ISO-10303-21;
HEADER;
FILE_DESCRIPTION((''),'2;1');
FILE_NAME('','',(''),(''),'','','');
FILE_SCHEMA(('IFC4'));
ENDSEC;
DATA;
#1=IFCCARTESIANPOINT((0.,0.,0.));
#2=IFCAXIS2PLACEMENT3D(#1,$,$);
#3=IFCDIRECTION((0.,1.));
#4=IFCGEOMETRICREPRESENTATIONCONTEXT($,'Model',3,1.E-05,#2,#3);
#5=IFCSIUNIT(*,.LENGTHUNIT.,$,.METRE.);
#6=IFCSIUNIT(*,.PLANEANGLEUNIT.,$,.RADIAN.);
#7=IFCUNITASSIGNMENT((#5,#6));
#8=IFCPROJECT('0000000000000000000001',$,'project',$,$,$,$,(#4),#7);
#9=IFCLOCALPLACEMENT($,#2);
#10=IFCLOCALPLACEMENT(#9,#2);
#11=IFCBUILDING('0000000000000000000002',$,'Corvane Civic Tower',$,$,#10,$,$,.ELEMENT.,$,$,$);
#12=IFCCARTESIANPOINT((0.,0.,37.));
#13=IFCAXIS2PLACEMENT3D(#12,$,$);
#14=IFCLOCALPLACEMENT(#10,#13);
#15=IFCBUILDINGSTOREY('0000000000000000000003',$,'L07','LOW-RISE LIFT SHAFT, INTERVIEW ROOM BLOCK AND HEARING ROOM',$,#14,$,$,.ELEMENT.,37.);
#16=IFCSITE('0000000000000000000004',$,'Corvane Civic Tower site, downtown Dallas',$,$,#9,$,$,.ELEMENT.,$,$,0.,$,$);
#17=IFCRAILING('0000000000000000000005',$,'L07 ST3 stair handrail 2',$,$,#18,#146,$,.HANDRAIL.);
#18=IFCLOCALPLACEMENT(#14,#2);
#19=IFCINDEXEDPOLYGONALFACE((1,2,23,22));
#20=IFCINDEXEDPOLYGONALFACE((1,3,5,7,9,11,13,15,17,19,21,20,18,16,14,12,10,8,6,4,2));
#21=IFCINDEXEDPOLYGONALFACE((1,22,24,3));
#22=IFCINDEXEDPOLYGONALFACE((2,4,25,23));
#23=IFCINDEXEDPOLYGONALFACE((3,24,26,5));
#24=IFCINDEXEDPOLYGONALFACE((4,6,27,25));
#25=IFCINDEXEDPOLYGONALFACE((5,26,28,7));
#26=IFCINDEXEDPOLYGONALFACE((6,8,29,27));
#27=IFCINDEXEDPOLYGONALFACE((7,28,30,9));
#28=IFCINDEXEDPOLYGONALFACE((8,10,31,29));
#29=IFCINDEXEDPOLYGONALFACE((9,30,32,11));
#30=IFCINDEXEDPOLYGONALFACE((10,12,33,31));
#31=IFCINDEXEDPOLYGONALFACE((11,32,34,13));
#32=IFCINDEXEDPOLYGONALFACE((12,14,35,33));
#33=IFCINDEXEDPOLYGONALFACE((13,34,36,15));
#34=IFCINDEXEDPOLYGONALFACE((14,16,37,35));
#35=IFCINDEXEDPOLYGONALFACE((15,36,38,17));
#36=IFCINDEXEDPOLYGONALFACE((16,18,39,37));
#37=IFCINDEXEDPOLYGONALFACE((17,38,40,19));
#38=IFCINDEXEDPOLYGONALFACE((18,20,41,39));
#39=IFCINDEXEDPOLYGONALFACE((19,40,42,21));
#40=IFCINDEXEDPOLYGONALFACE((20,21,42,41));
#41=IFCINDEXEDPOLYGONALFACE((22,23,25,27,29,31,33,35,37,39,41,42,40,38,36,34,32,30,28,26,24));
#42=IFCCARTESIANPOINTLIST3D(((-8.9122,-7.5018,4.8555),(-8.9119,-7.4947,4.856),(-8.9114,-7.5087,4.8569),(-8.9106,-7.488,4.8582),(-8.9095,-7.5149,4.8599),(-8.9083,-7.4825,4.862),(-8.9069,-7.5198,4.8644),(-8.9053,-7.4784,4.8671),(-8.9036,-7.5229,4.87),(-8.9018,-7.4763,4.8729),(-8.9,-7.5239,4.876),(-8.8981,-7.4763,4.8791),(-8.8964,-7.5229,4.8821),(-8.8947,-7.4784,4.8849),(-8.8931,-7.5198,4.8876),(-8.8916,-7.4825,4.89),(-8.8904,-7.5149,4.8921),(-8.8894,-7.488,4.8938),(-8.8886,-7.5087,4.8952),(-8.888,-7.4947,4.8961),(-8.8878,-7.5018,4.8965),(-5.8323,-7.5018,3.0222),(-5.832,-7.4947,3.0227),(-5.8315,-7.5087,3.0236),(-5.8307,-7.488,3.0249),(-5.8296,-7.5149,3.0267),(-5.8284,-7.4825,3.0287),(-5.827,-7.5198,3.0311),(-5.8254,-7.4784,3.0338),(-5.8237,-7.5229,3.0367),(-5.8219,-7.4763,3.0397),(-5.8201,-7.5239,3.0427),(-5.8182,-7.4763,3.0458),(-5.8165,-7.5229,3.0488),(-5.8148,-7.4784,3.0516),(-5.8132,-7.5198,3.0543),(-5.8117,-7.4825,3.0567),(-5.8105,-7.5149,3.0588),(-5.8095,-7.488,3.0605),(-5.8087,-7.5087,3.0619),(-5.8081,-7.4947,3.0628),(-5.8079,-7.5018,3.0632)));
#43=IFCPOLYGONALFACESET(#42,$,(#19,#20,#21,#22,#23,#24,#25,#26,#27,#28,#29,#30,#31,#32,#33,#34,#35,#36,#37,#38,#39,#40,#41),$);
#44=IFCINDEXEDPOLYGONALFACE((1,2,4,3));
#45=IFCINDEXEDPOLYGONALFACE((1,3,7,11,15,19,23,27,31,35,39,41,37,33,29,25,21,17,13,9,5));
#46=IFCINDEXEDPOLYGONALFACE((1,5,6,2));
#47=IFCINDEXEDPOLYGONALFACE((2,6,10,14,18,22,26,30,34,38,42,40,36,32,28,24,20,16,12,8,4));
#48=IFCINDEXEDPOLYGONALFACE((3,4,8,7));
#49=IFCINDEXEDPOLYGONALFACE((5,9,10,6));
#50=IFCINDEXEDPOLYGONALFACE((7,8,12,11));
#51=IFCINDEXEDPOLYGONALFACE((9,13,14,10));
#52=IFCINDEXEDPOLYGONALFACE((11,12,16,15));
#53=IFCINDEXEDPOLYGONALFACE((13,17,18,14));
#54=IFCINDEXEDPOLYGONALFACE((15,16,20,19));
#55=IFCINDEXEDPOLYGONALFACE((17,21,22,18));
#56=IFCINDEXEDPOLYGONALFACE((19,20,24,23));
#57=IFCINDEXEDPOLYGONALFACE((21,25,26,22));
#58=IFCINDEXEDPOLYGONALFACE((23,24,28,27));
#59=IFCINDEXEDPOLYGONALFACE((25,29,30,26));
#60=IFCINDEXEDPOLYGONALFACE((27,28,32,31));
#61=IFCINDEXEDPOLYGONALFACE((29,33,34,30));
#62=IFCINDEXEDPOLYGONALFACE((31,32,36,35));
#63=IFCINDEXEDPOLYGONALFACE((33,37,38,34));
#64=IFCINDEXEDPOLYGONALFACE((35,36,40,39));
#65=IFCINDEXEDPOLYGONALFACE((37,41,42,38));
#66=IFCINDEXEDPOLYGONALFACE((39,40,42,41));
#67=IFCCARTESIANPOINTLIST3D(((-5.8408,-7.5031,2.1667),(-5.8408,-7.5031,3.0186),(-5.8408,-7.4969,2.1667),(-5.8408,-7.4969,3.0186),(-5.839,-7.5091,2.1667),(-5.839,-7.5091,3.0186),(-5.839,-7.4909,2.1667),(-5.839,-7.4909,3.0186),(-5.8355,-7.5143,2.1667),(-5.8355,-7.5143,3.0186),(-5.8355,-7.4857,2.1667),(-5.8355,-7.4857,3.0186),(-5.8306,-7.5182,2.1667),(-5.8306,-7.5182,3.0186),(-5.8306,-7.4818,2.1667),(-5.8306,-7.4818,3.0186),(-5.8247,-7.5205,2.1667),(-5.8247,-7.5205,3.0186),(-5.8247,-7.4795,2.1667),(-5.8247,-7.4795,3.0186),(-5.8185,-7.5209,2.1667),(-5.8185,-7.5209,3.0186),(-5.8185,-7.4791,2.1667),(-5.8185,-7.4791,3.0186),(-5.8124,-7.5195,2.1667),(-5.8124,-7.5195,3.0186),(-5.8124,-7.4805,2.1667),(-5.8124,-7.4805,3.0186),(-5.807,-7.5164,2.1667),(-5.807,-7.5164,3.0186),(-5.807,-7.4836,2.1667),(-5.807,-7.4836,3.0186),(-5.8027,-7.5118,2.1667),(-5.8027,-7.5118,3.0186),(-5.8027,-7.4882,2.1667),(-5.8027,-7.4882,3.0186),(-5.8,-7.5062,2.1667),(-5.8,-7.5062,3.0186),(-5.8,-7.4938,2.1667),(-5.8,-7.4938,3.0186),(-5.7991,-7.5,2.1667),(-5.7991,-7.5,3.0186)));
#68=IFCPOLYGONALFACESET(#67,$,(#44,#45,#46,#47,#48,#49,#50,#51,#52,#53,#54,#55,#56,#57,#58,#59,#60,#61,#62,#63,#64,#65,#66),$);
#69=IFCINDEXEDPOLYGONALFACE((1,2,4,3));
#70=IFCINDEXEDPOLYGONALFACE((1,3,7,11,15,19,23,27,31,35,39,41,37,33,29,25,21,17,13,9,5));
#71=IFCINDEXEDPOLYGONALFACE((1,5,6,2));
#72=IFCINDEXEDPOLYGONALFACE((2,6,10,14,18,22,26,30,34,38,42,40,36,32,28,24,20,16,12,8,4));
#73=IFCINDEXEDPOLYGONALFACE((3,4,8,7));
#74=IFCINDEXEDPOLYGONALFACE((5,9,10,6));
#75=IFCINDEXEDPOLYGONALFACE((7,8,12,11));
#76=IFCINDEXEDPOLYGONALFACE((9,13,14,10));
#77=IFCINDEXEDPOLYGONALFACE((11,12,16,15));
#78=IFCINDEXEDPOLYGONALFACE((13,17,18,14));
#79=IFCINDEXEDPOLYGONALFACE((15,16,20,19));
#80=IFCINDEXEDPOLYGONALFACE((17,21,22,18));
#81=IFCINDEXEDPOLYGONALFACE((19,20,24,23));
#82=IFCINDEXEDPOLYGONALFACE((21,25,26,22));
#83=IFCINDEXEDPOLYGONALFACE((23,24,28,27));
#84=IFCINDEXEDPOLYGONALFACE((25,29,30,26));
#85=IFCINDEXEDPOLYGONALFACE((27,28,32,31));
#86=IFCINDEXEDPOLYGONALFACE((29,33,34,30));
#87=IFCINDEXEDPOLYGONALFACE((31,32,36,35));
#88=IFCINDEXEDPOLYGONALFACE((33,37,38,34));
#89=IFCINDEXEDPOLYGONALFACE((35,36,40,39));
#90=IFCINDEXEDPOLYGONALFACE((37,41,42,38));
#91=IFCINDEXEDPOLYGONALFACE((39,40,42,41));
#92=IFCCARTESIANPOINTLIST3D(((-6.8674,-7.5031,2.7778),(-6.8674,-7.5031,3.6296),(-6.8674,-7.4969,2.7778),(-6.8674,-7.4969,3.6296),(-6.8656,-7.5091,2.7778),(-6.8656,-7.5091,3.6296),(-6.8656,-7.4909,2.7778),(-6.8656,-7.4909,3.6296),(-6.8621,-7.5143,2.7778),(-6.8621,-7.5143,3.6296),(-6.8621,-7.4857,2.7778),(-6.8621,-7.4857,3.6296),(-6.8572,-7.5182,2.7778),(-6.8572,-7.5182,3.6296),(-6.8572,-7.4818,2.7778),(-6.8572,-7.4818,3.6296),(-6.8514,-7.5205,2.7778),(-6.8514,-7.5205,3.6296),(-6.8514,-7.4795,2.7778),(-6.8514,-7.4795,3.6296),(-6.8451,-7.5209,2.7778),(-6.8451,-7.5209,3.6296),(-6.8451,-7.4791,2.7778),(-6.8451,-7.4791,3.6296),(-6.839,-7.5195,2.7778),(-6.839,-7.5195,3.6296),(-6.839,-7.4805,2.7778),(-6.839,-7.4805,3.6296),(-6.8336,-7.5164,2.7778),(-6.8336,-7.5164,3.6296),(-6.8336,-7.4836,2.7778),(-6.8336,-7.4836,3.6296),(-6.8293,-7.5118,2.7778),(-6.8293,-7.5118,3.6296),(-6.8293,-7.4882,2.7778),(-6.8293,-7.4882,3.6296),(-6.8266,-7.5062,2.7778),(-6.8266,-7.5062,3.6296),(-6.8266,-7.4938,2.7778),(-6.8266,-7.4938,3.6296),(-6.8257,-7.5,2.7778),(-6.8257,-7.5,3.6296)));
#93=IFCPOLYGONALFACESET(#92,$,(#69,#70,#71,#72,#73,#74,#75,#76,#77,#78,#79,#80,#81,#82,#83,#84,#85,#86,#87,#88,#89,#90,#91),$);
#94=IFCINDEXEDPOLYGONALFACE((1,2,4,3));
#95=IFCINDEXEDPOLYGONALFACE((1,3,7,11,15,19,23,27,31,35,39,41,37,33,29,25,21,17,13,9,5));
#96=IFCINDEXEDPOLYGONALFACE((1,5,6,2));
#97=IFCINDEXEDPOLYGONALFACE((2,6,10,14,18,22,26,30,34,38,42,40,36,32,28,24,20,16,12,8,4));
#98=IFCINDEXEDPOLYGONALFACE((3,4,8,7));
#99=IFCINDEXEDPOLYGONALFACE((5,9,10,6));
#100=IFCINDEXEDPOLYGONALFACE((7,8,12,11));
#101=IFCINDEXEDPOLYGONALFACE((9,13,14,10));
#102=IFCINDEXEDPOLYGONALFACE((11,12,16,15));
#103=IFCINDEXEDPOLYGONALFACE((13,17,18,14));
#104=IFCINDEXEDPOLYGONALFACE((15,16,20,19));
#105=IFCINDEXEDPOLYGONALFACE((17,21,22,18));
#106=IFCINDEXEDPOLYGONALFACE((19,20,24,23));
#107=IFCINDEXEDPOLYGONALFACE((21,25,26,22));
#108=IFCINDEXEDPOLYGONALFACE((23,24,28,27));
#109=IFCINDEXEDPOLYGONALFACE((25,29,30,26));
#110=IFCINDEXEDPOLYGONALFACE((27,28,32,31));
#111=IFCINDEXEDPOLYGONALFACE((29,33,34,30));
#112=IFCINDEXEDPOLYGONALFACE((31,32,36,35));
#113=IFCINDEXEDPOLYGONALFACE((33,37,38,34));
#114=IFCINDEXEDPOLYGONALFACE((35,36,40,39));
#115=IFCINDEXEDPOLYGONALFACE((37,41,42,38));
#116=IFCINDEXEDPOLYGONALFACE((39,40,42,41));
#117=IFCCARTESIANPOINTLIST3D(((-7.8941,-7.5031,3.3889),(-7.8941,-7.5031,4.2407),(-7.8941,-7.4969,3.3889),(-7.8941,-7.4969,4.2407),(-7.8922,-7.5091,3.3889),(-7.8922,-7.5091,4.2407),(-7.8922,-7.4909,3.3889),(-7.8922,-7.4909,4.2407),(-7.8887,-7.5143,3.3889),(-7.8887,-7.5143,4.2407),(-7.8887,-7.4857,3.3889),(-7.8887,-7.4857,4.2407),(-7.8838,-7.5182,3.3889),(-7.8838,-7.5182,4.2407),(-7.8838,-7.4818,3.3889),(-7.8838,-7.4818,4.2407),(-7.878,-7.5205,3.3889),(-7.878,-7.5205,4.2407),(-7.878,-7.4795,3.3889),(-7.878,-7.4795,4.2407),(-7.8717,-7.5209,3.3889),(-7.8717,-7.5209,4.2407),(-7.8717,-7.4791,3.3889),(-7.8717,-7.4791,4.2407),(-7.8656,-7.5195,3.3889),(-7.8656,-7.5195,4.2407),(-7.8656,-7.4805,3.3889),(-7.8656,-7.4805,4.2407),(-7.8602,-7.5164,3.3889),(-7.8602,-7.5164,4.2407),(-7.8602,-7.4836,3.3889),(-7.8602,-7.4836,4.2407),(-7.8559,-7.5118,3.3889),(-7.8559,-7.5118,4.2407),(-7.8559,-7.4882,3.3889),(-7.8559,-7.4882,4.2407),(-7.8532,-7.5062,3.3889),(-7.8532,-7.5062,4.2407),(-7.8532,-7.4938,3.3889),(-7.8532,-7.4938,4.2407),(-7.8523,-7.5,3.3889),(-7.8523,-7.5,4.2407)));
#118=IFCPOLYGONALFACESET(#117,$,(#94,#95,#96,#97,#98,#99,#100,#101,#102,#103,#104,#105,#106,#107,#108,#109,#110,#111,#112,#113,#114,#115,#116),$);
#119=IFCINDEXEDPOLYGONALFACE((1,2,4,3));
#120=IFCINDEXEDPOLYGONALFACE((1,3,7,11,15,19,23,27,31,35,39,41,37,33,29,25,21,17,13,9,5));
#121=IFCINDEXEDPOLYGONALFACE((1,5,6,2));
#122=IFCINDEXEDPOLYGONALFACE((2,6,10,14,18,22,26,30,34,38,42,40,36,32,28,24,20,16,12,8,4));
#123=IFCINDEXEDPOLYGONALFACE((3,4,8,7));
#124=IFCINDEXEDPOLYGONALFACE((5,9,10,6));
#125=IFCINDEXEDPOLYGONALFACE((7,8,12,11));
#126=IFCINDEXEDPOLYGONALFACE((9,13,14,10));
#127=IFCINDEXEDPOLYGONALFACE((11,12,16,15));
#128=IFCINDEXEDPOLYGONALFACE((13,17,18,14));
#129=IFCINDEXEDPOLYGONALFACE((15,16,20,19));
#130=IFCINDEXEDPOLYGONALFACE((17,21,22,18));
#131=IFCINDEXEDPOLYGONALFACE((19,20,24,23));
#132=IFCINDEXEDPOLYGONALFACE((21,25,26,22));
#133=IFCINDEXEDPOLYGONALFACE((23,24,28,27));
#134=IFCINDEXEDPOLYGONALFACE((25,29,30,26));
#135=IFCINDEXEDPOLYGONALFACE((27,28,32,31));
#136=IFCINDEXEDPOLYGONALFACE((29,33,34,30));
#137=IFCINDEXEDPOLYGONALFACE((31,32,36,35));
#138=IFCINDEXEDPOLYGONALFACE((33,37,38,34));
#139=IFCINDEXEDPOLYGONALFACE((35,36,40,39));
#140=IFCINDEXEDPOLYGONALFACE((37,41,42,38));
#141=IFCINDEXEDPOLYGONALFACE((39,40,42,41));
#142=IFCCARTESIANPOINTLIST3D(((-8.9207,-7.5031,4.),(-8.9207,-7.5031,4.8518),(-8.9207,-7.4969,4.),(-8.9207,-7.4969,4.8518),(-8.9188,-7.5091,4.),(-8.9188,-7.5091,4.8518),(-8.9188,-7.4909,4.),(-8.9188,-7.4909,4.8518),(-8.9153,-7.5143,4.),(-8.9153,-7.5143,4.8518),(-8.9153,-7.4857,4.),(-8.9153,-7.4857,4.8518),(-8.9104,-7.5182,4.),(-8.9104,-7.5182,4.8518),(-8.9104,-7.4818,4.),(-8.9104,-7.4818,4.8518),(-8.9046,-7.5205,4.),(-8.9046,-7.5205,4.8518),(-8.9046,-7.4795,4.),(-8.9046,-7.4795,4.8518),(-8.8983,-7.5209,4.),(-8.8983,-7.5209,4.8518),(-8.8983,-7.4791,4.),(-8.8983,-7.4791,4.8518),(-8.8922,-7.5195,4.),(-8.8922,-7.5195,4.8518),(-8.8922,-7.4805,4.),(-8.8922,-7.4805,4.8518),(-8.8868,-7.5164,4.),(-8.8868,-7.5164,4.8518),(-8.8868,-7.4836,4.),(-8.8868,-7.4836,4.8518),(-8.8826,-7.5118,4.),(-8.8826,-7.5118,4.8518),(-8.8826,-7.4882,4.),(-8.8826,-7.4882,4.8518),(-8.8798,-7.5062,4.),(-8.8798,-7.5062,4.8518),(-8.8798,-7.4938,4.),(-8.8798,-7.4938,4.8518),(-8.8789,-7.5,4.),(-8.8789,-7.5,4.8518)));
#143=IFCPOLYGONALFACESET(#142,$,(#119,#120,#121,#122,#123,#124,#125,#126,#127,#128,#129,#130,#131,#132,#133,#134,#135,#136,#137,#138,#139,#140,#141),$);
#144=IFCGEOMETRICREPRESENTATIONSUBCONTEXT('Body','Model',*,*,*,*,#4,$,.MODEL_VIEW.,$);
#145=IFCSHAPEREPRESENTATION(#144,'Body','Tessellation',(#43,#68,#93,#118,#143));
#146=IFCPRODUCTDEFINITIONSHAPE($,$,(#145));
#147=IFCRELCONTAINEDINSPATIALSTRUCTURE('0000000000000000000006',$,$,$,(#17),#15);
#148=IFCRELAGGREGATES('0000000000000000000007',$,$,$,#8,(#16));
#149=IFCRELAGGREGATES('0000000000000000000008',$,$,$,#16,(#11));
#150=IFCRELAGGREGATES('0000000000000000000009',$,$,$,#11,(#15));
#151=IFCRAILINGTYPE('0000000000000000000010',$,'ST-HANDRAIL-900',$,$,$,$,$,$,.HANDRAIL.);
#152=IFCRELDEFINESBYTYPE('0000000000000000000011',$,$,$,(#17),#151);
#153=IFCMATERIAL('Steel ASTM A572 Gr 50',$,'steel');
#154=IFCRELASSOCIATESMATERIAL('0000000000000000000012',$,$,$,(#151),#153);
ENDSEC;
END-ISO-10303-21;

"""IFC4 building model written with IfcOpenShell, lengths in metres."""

from ifc_helpers import new_model, si_unit, direction, frame, origin, origin_2d, place, context, subcontext, project, spatial, circle, extrude, material, type_object, element, save


model = new_model("IFC4")

# Units and contexts
model_context = context("Model", 3, precision=1e-05, world=origin(), true_north=direction((0.0, 1.0)))
body_context = subcontext(model_context, "Body", "Model", "MODEL_VIEW")
ifc_project = project(units=[si_unit("LENGTHUNIT", "METRE"), si_unit("PLANEANGLEUNIT", "RADIAN")], contexts=[model_context])

# Site, building, storey
site_placement = place(None, origin())
site = spatial("IfcSite", under=ifc_project, at=site_placement, Name="Corvane Civic Tower site, downtown Dallas", CompositionType="ELEMENT", RefElevation=0.0)
building_placement = place(site_placement, origin())
building = spatial("IfcBuilding", under=site, at=building_placement, Name="Corvane Civic Tower", CompositionType="ELEMENT")
storey_placement = place(building_placement, frame((0.0, 0.0, 37.0)))
storey = spatial("IfcBuildingStorey", under=building, at=storey_placement, Name="L07", Description="LOW-RISE LIFT SHAFT, INTERVIEW ROOM BLOCK AND HEARING ROOM", CompositionType="ELEMENT", Elevation=37.0)

# Railing
ifc_material_1 = material(Name="Steel ASTM A572 Gr 50", Category="steel")
railing_type_1 = type_object("IfcRailingType", Name="ST-HANDRAIL-900", PredefinedType="HANDRAIL", material=ifc_material_1)
railing_1_placement = place(storey_placement, frame((-5.8201, -7.5, 2.1667)))
element("IfcRailing", 1, at=railing_1_placement, inside=storey, type_object=railing_type_1, Name="L07 ST3 stair handrail 2", PredefinedType="HANDRAIL", context=body_context, shape_type="SweptSolid", body=[
    extrude(circle(Radius=0.0239, at=origin_2d()), frame((0.0, 0.0, 0.876), z_axis=(-0.859291, 0.0, 0.511487), x_axis=(0.0, -1.0, 0.0)), (0.0, 0.0, 1.0), 3.5842),
    extrude(circle(Radius=0.021, at=origin_2d()), origin(), (0.0, 0.0, 1.0), 0.8518),
    extrude(circle(Radius=0.021, at=origin_2d()), frame((-1.0266, 0.0, 0.6111)), (0.0, 0.0, 1.0), 0.8518),
    extrude(circle(Radius=0.021, at=origin_2d()), frame((-2.0532, 0.0, 1.2222)), (0.0, 0.0, 1.0), 0.8518),
    extrude(circle(Radius=0.021, at=origin_2d()), frame((-3.0798, 0.0, 1.8333)), (0.0, 0.0, 1.0), 0.8518),
])

save(model, "model.ifc")
